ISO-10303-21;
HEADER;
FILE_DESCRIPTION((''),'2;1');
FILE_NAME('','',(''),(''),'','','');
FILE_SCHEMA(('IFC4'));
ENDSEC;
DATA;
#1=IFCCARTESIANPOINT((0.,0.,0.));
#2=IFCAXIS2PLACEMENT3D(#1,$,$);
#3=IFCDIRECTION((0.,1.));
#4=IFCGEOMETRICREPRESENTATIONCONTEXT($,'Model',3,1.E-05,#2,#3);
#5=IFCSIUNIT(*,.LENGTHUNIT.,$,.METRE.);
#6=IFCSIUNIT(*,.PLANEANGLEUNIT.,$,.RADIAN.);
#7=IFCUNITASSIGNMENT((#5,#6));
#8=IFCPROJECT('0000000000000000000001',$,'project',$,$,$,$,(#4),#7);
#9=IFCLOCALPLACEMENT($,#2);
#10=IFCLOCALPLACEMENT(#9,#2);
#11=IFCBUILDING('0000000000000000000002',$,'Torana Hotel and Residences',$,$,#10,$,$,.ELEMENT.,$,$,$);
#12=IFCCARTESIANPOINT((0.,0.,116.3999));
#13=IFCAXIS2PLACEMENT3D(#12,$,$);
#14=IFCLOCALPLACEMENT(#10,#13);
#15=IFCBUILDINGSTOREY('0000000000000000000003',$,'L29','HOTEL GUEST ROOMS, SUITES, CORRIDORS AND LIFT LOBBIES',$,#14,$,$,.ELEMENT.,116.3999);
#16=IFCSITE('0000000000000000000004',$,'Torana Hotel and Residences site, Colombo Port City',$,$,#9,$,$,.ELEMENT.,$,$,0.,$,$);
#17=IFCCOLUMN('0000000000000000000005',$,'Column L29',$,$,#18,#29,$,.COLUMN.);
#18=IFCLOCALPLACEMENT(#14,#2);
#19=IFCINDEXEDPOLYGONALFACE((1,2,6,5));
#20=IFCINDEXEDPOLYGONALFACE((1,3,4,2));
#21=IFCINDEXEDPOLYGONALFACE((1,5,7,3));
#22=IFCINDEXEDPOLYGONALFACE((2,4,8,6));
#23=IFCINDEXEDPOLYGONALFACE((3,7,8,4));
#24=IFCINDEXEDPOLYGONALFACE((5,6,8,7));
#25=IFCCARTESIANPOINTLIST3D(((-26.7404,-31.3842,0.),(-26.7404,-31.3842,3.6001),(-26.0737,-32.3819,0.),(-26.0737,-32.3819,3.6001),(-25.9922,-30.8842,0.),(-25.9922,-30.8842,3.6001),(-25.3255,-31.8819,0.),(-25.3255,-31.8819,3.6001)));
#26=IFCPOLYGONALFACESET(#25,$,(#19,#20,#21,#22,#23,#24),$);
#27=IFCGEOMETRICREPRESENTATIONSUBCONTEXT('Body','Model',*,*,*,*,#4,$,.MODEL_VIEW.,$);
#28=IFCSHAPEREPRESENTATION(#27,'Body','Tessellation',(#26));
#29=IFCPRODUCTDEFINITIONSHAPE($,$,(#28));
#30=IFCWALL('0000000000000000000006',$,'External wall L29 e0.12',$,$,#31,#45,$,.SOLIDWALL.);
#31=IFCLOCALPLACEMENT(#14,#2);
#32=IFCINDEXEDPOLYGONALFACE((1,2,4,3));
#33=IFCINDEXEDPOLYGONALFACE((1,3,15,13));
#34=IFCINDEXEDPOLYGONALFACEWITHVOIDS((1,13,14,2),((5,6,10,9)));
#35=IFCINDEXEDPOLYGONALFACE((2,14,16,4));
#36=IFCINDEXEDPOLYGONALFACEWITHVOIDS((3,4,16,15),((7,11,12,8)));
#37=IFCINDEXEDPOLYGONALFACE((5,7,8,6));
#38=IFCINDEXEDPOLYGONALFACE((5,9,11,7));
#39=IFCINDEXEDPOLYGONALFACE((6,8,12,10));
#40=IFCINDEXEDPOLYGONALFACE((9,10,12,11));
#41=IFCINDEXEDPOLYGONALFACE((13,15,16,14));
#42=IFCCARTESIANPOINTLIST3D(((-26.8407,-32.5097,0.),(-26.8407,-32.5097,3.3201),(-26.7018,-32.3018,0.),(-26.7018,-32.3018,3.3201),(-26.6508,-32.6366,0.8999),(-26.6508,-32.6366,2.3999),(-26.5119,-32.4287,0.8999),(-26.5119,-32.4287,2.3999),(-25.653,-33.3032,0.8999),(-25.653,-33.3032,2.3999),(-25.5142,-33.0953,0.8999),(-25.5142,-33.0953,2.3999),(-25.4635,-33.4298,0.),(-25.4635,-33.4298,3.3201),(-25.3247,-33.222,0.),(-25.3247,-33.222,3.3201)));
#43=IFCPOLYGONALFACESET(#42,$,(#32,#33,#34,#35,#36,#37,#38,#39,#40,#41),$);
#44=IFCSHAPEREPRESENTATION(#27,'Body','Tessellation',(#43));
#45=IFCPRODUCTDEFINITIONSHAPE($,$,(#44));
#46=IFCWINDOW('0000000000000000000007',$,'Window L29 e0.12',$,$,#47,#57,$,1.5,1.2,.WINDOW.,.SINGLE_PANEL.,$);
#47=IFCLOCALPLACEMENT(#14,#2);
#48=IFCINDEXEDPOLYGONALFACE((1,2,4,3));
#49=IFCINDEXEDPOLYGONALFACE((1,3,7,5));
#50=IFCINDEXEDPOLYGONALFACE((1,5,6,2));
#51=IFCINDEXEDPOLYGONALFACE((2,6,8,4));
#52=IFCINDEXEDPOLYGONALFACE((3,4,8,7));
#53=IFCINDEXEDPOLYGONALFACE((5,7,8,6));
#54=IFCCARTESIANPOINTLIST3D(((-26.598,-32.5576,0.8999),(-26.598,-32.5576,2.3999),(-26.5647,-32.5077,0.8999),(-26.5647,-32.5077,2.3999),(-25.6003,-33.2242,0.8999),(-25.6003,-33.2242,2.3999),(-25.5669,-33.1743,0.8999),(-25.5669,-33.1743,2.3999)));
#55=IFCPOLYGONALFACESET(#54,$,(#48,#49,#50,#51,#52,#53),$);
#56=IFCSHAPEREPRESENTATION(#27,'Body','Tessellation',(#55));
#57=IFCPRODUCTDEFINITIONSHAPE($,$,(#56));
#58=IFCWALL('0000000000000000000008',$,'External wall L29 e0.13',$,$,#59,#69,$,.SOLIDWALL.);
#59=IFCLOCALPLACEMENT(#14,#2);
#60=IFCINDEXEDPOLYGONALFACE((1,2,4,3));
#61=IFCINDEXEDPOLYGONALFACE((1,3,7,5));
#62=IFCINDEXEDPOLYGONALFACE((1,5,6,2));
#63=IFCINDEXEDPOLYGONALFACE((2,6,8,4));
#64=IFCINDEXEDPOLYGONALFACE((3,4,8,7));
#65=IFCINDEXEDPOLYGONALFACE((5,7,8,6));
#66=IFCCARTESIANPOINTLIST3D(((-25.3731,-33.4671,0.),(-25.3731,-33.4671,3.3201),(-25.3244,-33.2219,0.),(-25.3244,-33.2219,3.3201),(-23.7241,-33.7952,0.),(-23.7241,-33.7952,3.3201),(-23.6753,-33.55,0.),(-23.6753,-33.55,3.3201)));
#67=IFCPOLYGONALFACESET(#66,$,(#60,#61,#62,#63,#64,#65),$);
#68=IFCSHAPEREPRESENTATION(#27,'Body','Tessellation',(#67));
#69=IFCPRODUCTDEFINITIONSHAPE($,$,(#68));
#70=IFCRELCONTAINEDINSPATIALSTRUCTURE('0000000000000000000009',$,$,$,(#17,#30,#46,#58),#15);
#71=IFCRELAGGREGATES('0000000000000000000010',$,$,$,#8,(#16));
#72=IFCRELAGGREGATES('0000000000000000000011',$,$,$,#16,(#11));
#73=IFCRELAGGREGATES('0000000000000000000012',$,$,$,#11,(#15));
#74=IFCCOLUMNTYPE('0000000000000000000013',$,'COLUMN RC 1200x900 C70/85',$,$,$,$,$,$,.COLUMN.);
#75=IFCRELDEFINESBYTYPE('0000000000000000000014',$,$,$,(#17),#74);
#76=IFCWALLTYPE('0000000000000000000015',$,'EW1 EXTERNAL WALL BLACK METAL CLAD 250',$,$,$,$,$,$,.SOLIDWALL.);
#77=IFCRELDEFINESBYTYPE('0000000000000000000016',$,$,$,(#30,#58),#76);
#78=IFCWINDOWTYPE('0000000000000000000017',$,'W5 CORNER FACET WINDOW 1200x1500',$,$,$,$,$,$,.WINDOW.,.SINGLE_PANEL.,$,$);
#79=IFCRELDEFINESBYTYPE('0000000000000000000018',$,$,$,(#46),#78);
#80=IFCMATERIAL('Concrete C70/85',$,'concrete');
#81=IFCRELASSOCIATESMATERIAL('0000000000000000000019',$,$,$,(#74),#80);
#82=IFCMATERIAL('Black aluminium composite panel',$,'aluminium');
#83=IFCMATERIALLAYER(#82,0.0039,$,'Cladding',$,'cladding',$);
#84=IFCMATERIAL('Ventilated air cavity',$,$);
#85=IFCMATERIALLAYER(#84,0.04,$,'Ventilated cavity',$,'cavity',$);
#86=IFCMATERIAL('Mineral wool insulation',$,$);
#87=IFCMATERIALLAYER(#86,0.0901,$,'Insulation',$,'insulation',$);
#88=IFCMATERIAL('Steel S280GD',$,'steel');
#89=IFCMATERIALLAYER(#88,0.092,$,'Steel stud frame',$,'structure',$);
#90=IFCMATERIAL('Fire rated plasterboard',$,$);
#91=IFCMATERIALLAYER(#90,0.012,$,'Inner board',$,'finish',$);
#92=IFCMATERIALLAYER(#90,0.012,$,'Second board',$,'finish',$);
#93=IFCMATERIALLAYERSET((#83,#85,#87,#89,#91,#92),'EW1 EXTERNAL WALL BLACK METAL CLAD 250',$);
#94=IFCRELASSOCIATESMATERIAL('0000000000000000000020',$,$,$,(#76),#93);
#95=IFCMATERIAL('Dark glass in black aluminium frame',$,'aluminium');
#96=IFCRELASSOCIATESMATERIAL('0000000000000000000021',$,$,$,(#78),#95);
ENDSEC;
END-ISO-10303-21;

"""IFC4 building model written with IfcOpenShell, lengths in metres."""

from ifc_helpers import new_model, si_unit, direction, frame, frame_2d, origin, origin_2d, place, context, subcontext, project, spatial, rectangle, extrude, material, layer, layer_set, material_profile, profile_set, type_object, element, fill, save


model = new_model("IFC4")

# Units and contexts
model_context = context("Model", 3, precision=1e-05, world=origin(), true_north=direction((0.0, 1.0)))
body_context = subcontext(model_context, "Body", "Model", "MODEL_VIEW")
ifc_project = project(units=[si_unit("LENGTHUNIT", "METRE"), si_unit("PLANEANGLEUNIT", "RADIAN")], contexts=[model_context])

# Site, building, storey
site_placement = place(None, origin())
site = spatial("IfcSite", under=ifc_project, at=site_placement, Name="Torana Hotel and Residences site, Colombo Port City", CompositionType="ELEMENT", RefElevation=0.0)
building_placement = place(site_placement, origin())
building = spatial("IfcBuilding", under=site, at=building_placement, Name="Torana Hotel and Residences", CompositionType="ELEMENT")
storey_placement = place(building_placement, frame((0.0, 0.0, 116.3999)))
storey = spatial("IfcBuildingStorey", under=building, at=storey_placement, Name="L29", Description="HOTEL GUEST ROOMS, SUITES, CORRIDORS AND LIFT LOBBIES", CompositionType="ELEMENT", Elevation=116.3999)

# Column
ifc_material_1 = material(Name="Concrete C70/85", Category="concrete")
ifc_material_profile = material_profile(ifc_material_1, rectangle(XDim=1.2, YDim=0.8999, at=origin_2d()), Name="RC 1200x900")
ifc_profile_set = profile_set([ifc_material_profile], Name="Concrete C70/85")
column_type = type_object("IfcColumnType", Name="COLUMN RC 1200x900 C70/85", PredefinedType="COLUMN", material=ifc_profile_set)
column_placement = place(storey_placement, frame((-26.033, -31.6331, 0.0), z_axis=(0.0, 0.0, 1.0), x_axis=(-0.555585, 0.83146, 0.0)))
element("IfcColumn", 1, at=column_placement, inside=storey, type_object=column_type, Name="Column L29", PredefinedType="COLUMN", context=body_context, shape_type="SweptSolid", body=[
    extrude(rectangle(XDim=1.2, YDim=0.8999, at=origin_2d()), origin(), (0.0, 0.0, 1.0), 3.6001),
])

# Wall, opening, window
ifc_material_2 = material(Name="Black aluminium composite panel", Category="aluminium")
ifc_layer_1 = layer(ifc_material_2, 0.0039, Name="Cladding", Category="cladding")
ifc_material_3 = material(Name="Ventilated air cavity")
ifc_layer_2 = layer(ifc_material_3, 0.04, Name="Ventilated cavity", Category="cavity")
ifc_material_4 = material(Name="Mineral wool insulation")
ifc_layer_3 = layer(ifc_material_4, 0.0901, Name="Insulation", Category="insulation")
ifc_material_5 = material(Name="Steel S280GD", Category="steel")
ifc_layer_4 = layer(ifc_material_5, 0.092, Name="Steel stud frame", Category="structure")
ifc_material_6 = material(Name="Fire rated plasterboard")
ifc_layer_5 = layer(ifc_material_6, 0.012, Name="Inner board", Category="finish")
ifc_layer_6 = layer(ifc_material_6, 0.012, Name="Second board", Category="finish")
ifc_layer_set = layer_set([ifc_layer_1, ifc_layer_2, ifc_layer_3, ifc_layer_4, ifc_layer_5, ifc_layer_6], Name="EW1 EXTERNAL WALL BLACK METAL CLAD 250")
wall_type = type_object("IfcWallType", Name="EW1 EXTERNAL WALL BLACK METAL CLAD 250", PredefinedType="SOLIDWALL", material=ifc_layer_set)
wall_1_placement = place(storey_placement, frame((-26.7712, -32.4058, 0.0), z_axis=(0.0, 0.0, 1.0), x_axis=(0.831483, -0.55555, 0.0)))
wall_1 = element("IfcWall", 2, at=wall_1_placement, inside=storey, type_object=wall_type, Name="External wall L29 e0.12", PredefinedType="SOLIDWALL", context=body_context, shape_type="SweptSolid", body=[
    extrude(rectangle(XDim=1.6562, YDim=0.25, at=frame_2d((0.8281, 0.0))), origin(), (0.0, 0.0, 1.0), 3.3201),
])
opening_placement = place(wall_1_placement, frame((0.2283, 0.0, 0.8999)))
opening = element("IfcOpeningElement", 3, at=opening_placement, cuts=wall_1, PredefinedType="OPENING", context=body_context, shape_type="SweptSolid", body=[
    extrude(rectangle(XDim=1.2, YDim=1.5, at=frame_2d((0.6001, 0.75))), frame((0.0, 0.135, 0.0), z_axis=(0.0, -1.0, 0.0), x_axis=(1.0, 0.0, 0.0)), (0.0, 0.0, 1.0), 0.27),
])
ifc_material_7 = material(Name="Dark glass in black aluminium frame", Category="aluminium")
window_type = type_object("IfcWindowType", Name="W5 CORNER FACET WINDOW 1200x1500", PartitioningType="SINGLE_PANEL", PredefinedType="WINDOW", material=ifc_material_7)
window_placement = place(opening_placement, origin())
window = element("IfcWindow", 4, at=window_placement, inside=storey, type_object=window_type, Name="Window L29 e0.12", OverallHeight=1.5, OverallWidth=1.2, PartitioningType="SINGLE_PANEL", PredefinedType="WINDOW", context=body_context, shape_type="SweptSolid", body=[
    extrude(rectangle(XDim=1.2, YDim=1.5, at=frame_2d((0.6001, 0.75))), frame((0.0, 0.03, 0.0), z_axis=(0.0, -1.0, 0.0), x_axis=(1.0, 0.0, 0.0)), (0.0, 0.0, 1.0), 0.0601),
])
fill(opening, window)

# Wall
wall_2_placement = place(storey_placement, frame((-25.3489, -33.3445, 0.0), z_axis=(0.0, 0.0, 1.0), x_axis=(0.980776, -0.195139, 0.0)))
element("IfcWall", 5, at=wall_2_placement, inside=storey, type_object=wall_type, Name="External wall L29 e0.13", PredefinedType="SOLIDWALL", context=body_context, shape_type="SweptSolid", body=[
    extrude(rectangle(XDim=1.6814, YDim=0.25, at=frame_2d((0.8408, 0.0))), origin(), (0.0, 0.0, 1.0), 3.3201),
])

save(model, "model.ifc")
